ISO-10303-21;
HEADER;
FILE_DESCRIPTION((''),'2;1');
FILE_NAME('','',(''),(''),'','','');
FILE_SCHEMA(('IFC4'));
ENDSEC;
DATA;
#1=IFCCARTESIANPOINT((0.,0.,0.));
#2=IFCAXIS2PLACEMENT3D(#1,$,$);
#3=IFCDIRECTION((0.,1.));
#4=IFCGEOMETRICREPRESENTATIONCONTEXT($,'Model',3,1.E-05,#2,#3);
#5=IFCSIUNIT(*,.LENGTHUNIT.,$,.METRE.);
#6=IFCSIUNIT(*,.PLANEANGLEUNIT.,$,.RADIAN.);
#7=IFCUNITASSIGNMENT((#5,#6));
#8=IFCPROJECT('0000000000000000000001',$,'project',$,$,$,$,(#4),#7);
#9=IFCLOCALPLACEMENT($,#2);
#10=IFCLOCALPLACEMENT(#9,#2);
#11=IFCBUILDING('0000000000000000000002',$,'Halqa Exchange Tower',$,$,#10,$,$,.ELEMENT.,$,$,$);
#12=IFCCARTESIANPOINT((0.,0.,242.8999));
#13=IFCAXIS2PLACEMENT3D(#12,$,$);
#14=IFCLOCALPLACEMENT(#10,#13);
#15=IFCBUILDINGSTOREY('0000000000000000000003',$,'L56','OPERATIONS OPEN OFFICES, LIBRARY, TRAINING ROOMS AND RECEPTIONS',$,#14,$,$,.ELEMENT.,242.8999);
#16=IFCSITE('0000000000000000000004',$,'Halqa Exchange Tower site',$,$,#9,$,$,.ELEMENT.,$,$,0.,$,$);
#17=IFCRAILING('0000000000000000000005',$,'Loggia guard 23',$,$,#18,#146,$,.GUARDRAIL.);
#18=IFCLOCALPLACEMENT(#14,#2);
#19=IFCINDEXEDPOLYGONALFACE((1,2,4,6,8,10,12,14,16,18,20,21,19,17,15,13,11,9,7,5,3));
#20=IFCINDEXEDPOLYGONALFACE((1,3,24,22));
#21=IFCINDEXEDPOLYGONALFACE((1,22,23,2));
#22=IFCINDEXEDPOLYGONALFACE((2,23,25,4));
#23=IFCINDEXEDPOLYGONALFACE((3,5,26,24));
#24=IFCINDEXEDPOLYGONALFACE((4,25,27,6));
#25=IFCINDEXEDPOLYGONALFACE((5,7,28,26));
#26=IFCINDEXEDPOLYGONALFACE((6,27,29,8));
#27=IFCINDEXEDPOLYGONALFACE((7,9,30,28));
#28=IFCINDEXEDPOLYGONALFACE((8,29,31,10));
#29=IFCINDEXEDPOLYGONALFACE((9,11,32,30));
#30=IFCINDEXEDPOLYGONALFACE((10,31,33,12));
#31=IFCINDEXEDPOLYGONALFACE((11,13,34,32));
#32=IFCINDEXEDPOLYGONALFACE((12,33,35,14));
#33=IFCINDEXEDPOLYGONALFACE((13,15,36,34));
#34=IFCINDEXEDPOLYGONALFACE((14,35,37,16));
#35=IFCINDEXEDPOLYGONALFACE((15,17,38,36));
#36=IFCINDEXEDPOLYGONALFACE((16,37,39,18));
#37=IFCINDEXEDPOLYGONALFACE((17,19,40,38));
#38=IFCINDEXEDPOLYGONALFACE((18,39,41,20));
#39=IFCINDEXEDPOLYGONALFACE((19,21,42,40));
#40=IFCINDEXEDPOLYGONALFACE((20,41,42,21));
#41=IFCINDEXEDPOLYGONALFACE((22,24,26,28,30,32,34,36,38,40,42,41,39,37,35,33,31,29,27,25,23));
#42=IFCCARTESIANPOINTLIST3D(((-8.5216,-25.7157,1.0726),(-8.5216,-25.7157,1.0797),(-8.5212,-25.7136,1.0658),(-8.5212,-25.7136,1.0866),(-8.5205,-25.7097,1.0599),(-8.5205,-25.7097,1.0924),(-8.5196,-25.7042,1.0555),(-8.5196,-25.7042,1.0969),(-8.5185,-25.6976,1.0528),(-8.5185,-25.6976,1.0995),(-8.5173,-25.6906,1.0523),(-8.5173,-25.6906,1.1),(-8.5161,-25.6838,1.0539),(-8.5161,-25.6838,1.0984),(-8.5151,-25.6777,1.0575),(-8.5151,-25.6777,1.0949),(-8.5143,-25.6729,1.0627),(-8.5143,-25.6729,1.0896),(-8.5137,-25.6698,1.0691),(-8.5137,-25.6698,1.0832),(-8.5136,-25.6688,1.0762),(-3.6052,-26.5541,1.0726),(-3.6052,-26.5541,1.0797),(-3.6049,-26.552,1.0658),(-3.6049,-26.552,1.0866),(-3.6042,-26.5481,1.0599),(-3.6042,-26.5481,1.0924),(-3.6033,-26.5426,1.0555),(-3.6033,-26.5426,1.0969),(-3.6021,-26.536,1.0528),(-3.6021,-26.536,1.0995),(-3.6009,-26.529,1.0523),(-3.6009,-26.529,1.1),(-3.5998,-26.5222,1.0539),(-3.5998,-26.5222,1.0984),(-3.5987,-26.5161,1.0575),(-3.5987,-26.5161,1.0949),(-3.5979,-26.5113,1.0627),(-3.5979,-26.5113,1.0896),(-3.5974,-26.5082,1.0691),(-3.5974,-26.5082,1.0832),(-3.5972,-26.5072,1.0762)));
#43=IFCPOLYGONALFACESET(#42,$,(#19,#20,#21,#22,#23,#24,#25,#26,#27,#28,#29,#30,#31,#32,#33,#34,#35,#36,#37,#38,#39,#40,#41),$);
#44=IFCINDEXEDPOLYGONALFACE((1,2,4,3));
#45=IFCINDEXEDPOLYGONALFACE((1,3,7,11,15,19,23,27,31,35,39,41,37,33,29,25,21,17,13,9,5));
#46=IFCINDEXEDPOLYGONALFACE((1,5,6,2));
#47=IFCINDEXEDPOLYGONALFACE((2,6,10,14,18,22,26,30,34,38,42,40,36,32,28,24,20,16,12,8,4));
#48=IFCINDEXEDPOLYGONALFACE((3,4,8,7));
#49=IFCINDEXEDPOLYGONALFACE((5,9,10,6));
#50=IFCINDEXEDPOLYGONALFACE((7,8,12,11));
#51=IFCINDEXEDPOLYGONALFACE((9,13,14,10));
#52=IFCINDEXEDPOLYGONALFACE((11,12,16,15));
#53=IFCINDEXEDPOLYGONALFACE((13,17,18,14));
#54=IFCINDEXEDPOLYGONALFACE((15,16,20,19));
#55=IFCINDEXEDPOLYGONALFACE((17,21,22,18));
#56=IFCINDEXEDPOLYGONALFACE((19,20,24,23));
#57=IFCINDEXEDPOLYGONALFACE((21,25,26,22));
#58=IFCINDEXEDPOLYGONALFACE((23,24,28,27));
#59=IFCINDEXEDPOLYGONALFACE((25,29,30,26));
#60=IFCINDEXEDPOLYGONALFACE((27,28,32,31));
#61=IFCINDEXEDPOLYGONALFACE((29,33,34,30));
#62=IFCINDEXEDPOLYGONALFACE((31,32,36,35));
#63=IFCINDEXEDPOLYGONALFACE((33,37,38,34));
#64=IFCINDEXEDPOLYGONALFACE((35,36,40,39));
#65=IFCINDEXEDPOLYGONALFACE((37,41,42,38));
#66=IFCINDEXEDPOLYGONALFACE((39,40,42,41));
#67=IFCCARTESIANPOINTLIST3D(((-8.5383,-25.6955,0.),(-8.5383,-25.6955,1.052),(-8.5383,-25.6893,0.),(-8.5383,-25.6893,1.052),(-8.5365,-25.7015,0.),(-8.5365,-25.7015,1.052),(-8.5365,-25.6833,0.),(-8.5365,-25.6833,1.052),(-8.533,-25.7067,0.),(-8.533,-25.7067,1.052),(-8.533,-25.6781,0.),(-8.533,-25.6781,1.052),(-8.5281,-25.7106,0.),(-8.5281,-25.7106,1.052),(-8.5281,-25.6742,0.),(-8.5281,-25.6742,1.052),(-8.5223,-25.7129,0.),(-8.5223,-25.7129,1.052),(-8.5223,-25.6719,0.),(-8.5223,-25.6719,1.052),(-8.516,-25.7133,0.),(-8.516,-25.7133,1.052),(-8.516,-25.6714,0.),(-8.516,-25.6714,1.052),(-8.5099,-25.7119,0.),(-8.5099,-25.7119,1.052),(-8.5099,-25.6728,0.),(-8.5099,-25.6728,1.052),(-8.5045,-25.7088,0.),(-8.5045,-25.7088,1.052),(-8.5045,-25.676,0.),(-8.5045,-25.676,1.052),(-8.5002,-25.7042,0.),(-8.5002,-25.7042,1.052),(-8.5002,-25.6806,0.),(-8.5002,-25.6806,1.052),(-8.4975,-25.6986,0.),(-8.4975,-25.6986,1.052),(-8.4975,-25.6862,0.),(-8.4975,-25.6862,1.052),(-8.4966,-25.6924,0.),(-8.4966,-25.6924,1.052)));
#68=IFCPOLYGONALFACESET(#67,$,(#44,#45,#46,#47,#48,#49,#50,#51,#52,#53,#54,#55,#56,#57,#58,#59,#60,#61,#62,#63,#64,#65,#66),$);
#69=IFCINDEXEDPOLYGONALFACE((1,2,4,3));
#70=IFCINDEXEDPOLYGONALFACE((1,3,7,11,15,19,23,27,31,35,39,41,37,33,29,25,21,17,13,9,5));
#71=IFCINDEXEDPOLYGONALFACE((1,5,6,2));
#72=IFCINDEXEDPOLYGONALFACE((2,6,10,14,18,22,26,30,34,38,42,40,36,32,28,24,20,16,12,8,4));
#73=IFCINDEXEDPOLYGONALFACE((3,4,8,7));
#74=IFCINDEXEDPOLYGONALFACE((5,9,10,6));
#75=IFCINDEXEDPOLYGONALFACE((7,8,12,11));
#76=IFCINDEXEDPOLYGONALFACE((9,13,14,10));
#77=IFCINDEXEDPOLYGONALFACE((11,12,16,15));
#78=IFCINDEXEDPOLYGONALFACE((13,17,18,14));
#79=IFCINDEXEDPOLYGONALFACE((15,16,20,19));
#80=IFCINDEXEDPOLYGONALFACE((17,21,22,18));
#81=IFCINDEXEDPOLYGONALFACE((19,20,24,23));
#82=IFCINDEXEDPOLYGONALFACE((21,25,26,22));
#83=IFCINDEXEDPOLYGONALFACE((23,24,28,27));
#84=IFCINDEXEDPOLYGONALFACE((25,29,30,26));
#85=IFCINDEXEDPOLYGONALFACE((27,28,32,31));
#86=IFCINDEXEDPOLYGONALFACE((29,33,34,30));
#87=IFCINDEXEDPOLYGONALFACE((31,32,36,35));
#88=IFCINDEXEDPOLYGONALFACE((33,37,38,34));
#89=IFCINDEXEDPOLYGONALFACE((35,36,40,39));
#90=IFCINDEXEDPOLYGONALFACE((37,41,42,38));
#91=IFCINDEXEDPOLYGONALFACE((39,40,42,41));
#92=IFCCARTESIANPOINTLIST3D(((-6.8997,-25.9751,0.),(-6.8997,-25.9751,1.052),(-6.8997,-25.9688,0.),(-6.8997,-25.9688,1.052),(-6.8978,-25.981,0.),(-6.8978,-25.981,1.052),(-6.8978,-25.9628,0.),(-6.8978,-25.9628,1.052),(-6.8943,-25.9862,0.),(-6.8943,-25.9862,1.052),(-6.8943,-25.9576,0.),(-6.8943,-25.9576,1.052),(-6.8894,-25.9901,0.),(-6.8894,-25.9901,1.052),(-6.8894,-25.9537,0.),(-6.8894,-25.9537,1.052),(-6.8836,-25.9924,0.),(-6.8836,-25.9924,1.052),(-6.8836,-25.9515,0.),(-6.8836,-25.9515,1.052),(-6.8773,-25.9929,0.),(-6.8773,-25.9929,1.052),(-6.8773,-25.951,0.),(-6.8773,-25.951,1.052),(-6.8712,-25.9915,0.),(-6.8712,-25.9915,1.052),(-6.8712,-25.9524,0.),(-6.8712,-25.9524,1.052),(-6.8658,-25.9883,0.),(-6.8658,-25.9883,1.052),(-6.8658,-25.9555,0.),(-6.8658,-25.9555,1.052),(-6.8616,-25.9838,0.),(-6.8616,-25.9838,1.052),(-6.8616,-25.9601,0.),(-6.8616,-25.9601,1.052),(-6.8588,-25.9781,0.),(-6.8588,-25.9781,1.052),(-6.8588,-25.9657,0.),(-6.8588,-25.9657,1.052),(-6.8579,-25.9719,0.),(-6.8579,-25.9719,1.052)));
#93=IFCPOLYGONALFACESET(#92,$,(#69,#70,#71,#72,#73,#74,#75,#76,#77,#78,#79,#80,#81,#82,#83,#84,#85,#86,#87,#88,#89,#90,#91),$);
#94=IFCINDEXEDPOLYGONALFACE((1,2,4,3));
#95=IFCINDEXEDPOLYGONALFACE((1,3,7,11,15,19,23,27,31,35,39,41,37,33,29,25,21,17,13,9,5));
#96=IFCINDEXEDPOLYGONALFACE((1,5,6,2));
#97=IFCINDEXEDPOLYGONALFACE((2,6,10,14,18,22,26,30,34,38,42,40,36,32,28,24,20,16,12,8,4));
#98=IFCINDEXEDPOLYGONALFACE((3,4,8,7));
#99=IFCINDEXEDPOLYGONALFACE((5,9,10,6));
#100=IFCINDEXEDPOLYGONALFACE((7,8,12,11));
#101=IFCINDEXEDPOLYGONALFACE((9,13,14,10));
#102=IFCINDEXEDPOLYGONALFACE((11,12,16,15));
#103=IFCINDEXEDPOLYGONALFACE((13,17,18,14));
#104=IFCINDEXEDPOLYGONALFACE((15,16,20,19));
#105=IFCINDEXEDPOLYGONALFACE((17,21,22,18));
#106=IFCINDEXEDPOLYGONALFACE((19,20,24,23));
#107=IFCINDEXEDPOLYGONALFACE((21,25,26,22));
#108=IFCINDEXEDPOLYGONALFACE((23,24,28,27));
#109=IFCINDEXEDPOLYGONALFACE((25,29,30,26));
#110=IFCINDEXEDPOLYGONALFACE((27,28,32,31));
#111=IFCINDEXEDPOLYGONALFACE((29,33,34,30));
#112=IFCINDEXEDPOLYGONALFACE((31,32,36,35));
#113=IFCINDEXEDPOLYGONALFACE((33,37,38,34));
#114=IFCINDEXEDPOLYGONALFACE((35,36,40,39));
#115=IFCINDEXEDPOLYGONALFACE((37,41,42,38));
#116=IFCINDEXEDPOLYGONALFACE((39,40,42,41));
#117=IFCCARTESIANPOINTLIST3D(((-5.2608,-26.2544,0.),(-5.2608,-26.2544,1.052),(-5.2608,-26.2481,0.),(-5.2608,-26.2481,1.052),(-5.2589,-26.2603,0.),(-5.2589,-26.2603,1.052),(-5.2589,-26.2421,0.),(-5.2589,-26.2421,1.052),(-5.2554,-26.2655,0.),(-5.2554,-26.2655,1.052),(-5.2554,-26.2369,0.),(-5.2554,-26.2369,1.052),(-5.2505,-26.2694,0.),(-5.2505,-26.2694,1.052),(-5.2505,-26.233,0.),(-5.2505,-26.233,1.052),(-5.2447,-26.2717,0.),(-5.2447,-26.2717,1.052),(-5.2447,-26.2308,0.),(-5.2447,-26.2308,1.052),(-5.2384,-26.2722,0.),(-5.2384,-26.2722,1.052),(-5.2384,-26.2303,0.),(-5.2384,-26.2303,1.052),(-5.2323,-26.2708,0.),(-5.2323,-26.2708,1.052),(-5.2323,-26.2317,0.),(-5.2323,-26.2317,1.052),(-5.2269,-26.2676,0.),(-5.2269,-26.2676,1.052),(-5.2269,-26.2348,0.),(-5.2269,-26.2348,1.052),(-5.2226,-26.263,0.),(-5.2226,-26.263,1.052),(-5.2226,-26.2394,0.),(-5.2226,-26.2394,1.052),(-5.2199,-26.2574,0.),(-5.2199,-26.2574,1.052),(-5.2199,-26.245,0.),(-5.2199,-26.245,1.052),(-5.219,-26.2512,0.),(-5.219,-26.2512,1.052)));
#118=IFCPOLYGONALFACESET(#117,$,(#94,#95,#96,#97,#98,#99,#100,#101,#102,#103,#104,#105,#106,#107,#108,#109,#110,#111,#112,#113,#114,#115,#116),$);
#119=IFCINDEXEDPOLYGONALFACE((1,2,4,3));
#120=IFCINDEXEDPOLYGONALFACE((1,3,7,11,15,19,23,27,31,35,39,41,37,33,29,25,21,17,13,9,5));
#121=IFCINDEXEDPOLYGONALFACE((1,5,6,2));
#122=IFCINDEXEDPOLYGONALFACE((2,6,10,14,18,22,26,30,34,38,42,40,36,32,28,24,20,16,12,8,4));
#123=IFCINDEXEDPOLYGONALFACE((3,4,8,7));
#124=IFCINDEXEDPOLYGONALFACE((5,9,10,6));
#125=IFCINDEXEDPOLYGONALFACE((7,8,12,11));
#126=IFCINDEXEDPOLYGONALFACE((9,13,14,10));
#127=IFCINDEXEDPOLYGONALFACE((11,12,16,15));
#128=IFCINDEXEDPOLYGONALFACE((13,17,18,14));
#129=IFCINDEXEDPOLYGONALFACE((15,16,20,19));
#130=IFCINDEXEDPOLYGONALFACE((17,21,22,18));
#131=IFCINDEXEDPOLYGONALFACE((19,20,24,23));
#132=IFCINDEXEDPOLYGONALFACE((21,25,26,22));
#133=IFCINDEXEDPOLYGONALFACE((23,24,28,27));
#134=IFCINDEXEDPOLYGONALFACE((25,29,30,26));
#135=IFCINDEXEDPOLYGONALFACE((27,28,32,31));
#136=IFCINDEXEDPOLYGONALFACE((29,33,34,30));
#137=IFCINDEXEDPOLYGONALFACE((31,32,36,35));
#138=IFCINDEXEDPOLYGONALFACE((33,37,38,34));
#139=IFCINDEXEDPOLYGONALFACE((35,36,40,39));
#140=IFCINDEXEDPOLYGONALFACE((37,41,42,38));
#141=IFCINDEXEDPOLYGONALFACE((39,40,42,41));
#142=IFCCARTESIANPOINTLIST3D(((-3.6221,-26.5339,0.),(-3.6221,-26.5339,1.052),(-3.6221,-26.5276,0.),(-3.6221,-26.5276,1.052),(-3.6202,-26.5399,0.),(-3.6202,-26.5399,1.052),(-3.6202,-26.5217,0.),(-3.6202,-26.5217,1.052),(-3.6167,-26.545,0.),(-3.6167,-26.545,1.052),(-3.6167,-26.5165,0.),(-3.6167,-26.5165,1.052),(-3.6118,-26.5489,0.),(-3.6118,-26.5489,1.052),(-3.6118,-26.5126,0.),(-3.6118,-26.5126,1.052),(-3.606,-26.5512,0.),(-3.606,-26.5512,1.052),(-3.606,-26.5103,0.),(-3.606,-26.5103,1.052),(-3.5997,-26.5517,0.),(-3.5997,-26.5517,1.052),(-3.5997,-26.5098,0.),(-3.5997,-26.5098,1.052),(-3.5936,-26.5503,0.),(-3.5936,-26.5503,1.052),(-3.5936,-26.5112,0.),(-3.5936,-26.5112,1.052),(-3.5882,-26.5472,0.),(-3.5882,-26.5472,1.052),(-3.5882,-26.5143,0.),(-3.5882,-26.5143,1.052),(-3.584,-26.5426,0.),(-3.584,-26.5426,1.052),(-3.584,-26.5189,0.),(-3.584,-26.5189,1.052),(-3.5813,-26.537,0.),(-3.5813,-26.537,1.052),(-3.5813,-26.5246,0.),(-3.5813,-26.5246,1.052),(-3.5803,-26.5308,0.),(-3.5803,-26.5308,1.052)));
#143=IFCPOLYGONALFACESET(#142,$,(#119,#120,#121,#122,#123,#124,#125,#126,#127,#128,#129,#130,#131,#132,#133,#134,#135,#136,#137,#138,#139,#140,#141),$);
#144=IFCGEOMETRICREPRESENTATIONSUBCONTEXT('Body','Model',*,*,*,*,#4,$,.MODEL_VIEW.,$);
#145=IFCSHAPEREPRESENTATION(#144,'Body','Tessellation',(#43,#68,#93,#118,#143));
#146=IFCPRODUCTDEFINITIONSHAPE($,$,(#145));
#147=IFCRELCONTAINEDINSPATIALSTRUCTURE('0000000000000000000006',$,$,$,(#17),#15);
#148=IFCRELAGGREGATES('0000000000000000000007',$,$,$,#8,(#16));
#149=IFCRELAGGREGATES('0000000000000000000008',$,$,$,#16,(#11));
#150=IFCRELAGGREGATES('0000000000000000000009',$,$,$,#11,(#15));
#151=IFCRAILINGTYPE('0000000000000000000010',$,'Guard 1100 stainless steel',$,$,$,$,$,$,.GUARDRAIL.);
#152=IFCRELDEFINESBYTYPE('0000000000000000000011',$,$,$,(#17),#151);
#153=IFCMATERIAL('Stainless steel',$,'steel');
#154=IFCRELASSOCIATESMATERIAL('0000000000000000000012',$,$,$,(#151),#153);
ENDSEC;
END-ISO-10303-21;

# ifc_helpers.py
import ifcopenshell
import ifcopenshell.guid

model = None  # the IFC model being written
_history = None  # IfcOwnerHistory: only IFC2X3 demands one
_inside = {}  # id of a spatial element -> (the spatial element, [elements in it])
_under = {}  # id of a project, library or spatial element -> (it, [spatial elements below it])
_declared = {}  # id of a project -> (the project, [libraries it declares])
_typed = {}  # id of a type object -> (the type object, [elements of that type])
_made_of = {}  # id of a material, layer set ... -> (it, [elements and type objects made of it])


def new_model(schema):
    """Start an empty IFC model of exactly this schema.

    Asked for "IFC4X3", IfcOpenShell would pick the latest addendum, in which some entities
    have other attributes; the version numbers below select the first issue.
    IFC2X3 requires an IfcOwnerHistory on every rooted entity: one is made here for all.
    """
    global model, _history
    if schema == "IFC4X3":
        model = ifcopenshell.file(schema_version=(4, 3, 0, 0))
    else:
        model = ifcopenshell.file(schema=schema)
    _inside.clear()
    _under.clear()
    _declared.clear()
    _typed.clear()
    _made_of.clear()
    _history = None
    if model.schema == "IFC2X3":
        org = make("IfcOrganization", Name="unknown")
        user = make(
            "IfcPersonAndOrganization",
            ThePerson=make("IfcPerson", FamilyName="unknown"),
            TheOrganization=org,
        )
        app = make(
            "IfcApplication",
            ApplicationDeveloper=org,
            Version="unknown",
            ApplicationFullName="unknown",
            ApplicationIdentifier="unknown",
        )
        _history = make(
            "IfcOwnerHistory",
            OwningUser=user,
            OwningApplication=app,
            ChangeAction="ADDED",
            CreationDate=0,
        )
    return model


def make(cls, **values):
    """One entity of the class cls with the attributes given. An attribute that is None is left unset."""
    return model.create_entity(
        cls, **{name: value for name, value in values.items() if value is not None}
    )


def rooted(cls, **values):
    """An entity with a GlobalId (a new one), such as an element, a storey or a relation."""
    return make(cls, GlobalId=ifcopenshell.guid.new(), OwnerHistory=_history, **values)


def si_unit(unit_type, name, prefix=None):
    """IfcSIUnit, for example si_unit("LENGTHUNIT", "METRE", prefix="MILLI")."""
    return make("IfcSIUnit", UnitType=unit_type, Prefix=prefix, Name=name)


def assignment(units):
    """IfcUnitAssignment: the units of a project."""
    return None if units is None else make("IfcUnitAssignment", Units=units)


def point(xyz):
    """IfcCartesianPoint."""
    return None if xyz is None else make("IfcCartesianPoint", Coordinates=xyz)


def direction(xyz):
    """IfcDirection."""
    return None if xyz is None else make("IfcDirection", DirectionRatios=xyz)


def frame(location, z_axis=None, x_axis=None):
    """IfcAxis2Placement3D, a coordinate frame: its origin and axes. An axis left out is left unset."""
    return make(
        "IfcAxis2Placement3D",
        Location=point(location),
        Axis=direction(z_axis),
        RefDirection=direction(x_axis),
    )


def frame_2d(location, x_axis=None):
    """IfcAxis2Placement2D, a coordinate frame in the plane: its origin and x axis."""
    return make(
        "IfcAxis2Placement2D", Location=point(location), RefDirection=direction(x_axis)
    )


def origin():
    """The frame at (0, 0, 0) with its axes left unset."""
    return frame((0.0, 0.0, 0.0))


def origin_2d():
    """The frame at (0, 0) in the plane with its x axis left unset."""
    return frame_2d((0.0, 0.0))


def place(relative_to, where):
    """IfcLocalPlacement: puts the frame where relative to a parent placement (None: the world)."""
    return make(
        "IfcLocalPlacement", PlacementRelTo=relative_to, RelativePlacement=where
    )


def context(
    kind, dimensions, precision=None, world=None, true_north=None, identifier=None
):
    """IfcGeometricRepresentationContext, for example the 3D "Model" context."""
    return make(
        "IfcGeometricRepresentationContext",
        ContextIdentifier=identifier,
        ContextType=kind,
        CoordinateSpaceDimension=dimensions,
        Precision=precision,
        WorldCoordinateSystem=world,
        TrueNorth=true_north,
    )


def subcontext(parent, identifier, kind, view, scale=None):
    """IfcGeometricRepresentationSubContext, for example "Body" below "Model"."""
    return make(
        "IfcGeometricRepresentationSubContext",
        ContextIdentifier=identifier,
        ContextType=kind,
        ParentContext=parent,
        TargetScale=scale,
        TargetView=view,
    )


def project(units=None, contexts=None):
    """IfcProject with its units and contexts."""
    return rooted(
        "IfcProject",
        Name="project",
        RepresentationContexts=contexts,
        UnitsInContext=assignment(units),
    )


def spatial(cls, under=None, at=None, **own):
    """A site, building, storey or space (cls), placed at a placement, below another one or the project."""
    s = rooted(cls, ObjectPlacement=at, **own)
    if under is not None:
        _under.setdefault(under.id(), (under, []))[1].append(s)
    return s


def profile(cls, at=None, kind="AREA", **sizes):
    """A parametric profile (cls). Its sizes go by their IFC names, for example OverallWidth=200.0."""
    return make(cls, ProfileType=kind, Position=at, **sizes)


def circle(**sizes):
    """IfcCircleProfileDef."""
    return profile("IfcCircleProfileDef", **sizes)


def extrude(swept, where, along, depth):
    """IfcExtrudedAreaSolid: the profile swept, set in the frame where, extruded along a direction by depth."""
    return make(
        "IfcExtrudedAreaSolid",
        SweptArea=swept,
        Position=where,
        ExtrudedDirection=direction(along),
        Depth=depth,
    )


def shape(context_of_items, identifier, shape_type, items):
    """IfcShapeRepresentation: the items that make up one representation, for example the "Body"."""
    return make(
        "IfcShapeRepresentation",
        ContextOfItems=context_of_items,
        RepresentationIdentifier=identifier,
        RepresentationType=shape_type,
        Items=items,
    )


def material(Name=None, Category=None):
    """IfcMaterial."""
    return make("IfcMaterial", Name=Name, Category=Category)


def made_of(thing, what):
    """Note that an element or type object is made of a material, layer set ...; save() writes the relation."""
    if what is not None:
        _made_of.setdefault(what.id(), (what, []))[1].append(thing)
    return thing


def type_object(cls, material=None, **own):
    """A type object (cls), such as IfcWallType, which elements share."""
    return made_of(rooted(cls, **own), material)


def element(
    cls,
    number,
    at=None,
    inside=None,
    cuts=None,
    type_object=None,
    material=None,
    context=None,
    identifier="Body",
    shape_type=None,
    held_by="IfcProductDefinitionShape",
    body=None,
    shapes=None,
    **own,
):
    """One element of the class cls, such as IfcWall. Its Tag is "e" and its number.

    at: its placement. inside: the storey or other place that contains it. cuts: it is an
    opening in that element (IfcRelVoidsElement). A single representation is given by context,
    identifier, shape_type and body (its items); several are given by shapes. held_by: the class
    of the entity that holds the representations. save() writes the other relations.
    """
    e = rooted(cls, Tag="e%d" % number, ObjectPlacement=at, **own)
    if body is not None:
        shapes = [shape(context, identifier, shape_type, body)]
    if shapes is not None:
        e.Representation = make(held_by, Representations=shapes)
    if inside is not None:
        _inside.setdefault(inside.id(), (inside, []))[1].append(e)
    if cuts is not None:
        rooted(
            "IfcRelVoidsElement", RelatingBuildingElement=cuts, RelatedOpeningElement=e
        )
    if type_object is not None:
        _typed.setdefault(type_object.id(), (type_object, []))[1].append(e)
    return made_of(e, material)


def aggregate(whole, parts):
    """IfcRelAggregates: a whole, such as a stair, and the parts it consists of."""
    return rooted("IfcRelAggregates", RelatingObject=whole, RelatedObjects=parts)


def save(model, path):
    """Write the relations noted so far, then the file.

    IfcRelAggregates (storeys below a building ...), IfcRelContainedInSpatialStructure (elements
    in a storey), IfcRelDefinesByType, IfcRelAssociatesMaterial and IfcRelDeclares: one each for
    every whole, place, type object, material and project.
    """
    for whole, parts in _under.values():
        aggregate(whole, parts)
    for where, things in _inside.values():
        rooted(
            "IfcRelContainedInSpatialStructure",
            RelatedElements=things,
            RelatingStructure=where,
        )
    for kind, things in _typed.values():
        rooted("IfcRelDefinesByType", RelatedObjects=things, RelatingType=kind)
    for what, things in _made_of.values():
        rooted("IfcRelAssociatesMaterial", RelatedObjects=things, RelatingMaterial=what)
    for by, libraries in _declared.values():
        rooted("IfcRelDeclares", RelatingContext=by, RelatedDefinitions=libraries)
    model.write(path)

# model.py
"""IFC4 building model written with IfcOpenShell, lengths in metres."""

from ifc_helpers import new_model, si_unit, direction, frame, origin, origin_2d, place, context, subcontext, project, spatial, circle, extrude, material, type_object, element, save


model = new_model("IFC4")

# Units and contexts
model_context = context("Model", 3, precision=1e-05, world=origin(), true_north=direction((0.0, 1.0)))
body_context = subcontext(model_context, "Body", "Model", "MODEL_VIEW")
ifc_project = project(units=[si_unit("LENGTHUNIT", "METRE"), si_unit("PLANEANGLEUNIT", "RADIAN")], contexts=[model_context])

# Site, building, storey
site_placement = place(None, origin())
site = spatial("IfcSite", under=ifc_project, at=site_placement, Name="Halqa Exchange Tower site", CompositionType="ELEMENT", RefElevation=0.0)
building_placement = place(site_placement, origin())
building = spatial("IfcBuilding", under=site, at=building_placement, Name="Halqa Exchange Tower", CompositionType="ELEMENT")
storey_placement = place(building_placement, frame((0.0, 0.0, 242.8999)))
storey = spatial("IfcBuildingStorey", under=building, at=storey_placement, Name="L56", Description="OPERATIONS OPEN OFFICES, LIBRARY, TRAINING ROOMS AND RECEPTIONS", CompositionType="ELEMENT", Elevation=242.8999)

# Railing
ifc_material_1 = material(Name="Stainless steel", Category="steel")
railing_type = type_object("IfcRailingType", Name="Guard 1100 stainless steel", PredefinedType="GUARDRAIL", material=ifc_material_1)
railing_1_placement = place(storey_placement, frame((-8.5176, -25.6924, 0.0)))
element("IfcRailing", 1, at=railing_1_placement, inside=storey, type_object=railing_type, Name="Loggia guard 23", PredefinedType="GUARDRAIL", context=body_context, shape_type="SweptSolid", body=[
    extrude(circle(Radius=0.0239, at=origin_2d()), frame((0.0, 0.0, 1.0762), z_axis=(0.985769, -0.168105, 0.0), x_axis=(0.168105, 0.985769, 0.0)), (0.0, 0.0, 1.0), 4.9873),
    extrude(circle(Radius=0.021, at=origin_2d()), origin(), (0.0, 0.0, 1.0), 1.052),
    extrude(circle(Radius=0.021, at=origin_2d()), frame((1.6387, -0.2795, 0.0)), (0.0, 0.0, 1.0), 1.052),
    extrude(circle(Radius=0.021, at=origin_2d()), frame((3.2776, -0.5588, 0.0)), (0.0, 0.0, 1.0), 1.052),
    extrude(circle(Radius=0.021, at=origin_2d()), frame((4.9163, -0.8384, 0.0)), (0.0, 0.0, 1.0), 1.052),
])

save(model, "model.ifc")
